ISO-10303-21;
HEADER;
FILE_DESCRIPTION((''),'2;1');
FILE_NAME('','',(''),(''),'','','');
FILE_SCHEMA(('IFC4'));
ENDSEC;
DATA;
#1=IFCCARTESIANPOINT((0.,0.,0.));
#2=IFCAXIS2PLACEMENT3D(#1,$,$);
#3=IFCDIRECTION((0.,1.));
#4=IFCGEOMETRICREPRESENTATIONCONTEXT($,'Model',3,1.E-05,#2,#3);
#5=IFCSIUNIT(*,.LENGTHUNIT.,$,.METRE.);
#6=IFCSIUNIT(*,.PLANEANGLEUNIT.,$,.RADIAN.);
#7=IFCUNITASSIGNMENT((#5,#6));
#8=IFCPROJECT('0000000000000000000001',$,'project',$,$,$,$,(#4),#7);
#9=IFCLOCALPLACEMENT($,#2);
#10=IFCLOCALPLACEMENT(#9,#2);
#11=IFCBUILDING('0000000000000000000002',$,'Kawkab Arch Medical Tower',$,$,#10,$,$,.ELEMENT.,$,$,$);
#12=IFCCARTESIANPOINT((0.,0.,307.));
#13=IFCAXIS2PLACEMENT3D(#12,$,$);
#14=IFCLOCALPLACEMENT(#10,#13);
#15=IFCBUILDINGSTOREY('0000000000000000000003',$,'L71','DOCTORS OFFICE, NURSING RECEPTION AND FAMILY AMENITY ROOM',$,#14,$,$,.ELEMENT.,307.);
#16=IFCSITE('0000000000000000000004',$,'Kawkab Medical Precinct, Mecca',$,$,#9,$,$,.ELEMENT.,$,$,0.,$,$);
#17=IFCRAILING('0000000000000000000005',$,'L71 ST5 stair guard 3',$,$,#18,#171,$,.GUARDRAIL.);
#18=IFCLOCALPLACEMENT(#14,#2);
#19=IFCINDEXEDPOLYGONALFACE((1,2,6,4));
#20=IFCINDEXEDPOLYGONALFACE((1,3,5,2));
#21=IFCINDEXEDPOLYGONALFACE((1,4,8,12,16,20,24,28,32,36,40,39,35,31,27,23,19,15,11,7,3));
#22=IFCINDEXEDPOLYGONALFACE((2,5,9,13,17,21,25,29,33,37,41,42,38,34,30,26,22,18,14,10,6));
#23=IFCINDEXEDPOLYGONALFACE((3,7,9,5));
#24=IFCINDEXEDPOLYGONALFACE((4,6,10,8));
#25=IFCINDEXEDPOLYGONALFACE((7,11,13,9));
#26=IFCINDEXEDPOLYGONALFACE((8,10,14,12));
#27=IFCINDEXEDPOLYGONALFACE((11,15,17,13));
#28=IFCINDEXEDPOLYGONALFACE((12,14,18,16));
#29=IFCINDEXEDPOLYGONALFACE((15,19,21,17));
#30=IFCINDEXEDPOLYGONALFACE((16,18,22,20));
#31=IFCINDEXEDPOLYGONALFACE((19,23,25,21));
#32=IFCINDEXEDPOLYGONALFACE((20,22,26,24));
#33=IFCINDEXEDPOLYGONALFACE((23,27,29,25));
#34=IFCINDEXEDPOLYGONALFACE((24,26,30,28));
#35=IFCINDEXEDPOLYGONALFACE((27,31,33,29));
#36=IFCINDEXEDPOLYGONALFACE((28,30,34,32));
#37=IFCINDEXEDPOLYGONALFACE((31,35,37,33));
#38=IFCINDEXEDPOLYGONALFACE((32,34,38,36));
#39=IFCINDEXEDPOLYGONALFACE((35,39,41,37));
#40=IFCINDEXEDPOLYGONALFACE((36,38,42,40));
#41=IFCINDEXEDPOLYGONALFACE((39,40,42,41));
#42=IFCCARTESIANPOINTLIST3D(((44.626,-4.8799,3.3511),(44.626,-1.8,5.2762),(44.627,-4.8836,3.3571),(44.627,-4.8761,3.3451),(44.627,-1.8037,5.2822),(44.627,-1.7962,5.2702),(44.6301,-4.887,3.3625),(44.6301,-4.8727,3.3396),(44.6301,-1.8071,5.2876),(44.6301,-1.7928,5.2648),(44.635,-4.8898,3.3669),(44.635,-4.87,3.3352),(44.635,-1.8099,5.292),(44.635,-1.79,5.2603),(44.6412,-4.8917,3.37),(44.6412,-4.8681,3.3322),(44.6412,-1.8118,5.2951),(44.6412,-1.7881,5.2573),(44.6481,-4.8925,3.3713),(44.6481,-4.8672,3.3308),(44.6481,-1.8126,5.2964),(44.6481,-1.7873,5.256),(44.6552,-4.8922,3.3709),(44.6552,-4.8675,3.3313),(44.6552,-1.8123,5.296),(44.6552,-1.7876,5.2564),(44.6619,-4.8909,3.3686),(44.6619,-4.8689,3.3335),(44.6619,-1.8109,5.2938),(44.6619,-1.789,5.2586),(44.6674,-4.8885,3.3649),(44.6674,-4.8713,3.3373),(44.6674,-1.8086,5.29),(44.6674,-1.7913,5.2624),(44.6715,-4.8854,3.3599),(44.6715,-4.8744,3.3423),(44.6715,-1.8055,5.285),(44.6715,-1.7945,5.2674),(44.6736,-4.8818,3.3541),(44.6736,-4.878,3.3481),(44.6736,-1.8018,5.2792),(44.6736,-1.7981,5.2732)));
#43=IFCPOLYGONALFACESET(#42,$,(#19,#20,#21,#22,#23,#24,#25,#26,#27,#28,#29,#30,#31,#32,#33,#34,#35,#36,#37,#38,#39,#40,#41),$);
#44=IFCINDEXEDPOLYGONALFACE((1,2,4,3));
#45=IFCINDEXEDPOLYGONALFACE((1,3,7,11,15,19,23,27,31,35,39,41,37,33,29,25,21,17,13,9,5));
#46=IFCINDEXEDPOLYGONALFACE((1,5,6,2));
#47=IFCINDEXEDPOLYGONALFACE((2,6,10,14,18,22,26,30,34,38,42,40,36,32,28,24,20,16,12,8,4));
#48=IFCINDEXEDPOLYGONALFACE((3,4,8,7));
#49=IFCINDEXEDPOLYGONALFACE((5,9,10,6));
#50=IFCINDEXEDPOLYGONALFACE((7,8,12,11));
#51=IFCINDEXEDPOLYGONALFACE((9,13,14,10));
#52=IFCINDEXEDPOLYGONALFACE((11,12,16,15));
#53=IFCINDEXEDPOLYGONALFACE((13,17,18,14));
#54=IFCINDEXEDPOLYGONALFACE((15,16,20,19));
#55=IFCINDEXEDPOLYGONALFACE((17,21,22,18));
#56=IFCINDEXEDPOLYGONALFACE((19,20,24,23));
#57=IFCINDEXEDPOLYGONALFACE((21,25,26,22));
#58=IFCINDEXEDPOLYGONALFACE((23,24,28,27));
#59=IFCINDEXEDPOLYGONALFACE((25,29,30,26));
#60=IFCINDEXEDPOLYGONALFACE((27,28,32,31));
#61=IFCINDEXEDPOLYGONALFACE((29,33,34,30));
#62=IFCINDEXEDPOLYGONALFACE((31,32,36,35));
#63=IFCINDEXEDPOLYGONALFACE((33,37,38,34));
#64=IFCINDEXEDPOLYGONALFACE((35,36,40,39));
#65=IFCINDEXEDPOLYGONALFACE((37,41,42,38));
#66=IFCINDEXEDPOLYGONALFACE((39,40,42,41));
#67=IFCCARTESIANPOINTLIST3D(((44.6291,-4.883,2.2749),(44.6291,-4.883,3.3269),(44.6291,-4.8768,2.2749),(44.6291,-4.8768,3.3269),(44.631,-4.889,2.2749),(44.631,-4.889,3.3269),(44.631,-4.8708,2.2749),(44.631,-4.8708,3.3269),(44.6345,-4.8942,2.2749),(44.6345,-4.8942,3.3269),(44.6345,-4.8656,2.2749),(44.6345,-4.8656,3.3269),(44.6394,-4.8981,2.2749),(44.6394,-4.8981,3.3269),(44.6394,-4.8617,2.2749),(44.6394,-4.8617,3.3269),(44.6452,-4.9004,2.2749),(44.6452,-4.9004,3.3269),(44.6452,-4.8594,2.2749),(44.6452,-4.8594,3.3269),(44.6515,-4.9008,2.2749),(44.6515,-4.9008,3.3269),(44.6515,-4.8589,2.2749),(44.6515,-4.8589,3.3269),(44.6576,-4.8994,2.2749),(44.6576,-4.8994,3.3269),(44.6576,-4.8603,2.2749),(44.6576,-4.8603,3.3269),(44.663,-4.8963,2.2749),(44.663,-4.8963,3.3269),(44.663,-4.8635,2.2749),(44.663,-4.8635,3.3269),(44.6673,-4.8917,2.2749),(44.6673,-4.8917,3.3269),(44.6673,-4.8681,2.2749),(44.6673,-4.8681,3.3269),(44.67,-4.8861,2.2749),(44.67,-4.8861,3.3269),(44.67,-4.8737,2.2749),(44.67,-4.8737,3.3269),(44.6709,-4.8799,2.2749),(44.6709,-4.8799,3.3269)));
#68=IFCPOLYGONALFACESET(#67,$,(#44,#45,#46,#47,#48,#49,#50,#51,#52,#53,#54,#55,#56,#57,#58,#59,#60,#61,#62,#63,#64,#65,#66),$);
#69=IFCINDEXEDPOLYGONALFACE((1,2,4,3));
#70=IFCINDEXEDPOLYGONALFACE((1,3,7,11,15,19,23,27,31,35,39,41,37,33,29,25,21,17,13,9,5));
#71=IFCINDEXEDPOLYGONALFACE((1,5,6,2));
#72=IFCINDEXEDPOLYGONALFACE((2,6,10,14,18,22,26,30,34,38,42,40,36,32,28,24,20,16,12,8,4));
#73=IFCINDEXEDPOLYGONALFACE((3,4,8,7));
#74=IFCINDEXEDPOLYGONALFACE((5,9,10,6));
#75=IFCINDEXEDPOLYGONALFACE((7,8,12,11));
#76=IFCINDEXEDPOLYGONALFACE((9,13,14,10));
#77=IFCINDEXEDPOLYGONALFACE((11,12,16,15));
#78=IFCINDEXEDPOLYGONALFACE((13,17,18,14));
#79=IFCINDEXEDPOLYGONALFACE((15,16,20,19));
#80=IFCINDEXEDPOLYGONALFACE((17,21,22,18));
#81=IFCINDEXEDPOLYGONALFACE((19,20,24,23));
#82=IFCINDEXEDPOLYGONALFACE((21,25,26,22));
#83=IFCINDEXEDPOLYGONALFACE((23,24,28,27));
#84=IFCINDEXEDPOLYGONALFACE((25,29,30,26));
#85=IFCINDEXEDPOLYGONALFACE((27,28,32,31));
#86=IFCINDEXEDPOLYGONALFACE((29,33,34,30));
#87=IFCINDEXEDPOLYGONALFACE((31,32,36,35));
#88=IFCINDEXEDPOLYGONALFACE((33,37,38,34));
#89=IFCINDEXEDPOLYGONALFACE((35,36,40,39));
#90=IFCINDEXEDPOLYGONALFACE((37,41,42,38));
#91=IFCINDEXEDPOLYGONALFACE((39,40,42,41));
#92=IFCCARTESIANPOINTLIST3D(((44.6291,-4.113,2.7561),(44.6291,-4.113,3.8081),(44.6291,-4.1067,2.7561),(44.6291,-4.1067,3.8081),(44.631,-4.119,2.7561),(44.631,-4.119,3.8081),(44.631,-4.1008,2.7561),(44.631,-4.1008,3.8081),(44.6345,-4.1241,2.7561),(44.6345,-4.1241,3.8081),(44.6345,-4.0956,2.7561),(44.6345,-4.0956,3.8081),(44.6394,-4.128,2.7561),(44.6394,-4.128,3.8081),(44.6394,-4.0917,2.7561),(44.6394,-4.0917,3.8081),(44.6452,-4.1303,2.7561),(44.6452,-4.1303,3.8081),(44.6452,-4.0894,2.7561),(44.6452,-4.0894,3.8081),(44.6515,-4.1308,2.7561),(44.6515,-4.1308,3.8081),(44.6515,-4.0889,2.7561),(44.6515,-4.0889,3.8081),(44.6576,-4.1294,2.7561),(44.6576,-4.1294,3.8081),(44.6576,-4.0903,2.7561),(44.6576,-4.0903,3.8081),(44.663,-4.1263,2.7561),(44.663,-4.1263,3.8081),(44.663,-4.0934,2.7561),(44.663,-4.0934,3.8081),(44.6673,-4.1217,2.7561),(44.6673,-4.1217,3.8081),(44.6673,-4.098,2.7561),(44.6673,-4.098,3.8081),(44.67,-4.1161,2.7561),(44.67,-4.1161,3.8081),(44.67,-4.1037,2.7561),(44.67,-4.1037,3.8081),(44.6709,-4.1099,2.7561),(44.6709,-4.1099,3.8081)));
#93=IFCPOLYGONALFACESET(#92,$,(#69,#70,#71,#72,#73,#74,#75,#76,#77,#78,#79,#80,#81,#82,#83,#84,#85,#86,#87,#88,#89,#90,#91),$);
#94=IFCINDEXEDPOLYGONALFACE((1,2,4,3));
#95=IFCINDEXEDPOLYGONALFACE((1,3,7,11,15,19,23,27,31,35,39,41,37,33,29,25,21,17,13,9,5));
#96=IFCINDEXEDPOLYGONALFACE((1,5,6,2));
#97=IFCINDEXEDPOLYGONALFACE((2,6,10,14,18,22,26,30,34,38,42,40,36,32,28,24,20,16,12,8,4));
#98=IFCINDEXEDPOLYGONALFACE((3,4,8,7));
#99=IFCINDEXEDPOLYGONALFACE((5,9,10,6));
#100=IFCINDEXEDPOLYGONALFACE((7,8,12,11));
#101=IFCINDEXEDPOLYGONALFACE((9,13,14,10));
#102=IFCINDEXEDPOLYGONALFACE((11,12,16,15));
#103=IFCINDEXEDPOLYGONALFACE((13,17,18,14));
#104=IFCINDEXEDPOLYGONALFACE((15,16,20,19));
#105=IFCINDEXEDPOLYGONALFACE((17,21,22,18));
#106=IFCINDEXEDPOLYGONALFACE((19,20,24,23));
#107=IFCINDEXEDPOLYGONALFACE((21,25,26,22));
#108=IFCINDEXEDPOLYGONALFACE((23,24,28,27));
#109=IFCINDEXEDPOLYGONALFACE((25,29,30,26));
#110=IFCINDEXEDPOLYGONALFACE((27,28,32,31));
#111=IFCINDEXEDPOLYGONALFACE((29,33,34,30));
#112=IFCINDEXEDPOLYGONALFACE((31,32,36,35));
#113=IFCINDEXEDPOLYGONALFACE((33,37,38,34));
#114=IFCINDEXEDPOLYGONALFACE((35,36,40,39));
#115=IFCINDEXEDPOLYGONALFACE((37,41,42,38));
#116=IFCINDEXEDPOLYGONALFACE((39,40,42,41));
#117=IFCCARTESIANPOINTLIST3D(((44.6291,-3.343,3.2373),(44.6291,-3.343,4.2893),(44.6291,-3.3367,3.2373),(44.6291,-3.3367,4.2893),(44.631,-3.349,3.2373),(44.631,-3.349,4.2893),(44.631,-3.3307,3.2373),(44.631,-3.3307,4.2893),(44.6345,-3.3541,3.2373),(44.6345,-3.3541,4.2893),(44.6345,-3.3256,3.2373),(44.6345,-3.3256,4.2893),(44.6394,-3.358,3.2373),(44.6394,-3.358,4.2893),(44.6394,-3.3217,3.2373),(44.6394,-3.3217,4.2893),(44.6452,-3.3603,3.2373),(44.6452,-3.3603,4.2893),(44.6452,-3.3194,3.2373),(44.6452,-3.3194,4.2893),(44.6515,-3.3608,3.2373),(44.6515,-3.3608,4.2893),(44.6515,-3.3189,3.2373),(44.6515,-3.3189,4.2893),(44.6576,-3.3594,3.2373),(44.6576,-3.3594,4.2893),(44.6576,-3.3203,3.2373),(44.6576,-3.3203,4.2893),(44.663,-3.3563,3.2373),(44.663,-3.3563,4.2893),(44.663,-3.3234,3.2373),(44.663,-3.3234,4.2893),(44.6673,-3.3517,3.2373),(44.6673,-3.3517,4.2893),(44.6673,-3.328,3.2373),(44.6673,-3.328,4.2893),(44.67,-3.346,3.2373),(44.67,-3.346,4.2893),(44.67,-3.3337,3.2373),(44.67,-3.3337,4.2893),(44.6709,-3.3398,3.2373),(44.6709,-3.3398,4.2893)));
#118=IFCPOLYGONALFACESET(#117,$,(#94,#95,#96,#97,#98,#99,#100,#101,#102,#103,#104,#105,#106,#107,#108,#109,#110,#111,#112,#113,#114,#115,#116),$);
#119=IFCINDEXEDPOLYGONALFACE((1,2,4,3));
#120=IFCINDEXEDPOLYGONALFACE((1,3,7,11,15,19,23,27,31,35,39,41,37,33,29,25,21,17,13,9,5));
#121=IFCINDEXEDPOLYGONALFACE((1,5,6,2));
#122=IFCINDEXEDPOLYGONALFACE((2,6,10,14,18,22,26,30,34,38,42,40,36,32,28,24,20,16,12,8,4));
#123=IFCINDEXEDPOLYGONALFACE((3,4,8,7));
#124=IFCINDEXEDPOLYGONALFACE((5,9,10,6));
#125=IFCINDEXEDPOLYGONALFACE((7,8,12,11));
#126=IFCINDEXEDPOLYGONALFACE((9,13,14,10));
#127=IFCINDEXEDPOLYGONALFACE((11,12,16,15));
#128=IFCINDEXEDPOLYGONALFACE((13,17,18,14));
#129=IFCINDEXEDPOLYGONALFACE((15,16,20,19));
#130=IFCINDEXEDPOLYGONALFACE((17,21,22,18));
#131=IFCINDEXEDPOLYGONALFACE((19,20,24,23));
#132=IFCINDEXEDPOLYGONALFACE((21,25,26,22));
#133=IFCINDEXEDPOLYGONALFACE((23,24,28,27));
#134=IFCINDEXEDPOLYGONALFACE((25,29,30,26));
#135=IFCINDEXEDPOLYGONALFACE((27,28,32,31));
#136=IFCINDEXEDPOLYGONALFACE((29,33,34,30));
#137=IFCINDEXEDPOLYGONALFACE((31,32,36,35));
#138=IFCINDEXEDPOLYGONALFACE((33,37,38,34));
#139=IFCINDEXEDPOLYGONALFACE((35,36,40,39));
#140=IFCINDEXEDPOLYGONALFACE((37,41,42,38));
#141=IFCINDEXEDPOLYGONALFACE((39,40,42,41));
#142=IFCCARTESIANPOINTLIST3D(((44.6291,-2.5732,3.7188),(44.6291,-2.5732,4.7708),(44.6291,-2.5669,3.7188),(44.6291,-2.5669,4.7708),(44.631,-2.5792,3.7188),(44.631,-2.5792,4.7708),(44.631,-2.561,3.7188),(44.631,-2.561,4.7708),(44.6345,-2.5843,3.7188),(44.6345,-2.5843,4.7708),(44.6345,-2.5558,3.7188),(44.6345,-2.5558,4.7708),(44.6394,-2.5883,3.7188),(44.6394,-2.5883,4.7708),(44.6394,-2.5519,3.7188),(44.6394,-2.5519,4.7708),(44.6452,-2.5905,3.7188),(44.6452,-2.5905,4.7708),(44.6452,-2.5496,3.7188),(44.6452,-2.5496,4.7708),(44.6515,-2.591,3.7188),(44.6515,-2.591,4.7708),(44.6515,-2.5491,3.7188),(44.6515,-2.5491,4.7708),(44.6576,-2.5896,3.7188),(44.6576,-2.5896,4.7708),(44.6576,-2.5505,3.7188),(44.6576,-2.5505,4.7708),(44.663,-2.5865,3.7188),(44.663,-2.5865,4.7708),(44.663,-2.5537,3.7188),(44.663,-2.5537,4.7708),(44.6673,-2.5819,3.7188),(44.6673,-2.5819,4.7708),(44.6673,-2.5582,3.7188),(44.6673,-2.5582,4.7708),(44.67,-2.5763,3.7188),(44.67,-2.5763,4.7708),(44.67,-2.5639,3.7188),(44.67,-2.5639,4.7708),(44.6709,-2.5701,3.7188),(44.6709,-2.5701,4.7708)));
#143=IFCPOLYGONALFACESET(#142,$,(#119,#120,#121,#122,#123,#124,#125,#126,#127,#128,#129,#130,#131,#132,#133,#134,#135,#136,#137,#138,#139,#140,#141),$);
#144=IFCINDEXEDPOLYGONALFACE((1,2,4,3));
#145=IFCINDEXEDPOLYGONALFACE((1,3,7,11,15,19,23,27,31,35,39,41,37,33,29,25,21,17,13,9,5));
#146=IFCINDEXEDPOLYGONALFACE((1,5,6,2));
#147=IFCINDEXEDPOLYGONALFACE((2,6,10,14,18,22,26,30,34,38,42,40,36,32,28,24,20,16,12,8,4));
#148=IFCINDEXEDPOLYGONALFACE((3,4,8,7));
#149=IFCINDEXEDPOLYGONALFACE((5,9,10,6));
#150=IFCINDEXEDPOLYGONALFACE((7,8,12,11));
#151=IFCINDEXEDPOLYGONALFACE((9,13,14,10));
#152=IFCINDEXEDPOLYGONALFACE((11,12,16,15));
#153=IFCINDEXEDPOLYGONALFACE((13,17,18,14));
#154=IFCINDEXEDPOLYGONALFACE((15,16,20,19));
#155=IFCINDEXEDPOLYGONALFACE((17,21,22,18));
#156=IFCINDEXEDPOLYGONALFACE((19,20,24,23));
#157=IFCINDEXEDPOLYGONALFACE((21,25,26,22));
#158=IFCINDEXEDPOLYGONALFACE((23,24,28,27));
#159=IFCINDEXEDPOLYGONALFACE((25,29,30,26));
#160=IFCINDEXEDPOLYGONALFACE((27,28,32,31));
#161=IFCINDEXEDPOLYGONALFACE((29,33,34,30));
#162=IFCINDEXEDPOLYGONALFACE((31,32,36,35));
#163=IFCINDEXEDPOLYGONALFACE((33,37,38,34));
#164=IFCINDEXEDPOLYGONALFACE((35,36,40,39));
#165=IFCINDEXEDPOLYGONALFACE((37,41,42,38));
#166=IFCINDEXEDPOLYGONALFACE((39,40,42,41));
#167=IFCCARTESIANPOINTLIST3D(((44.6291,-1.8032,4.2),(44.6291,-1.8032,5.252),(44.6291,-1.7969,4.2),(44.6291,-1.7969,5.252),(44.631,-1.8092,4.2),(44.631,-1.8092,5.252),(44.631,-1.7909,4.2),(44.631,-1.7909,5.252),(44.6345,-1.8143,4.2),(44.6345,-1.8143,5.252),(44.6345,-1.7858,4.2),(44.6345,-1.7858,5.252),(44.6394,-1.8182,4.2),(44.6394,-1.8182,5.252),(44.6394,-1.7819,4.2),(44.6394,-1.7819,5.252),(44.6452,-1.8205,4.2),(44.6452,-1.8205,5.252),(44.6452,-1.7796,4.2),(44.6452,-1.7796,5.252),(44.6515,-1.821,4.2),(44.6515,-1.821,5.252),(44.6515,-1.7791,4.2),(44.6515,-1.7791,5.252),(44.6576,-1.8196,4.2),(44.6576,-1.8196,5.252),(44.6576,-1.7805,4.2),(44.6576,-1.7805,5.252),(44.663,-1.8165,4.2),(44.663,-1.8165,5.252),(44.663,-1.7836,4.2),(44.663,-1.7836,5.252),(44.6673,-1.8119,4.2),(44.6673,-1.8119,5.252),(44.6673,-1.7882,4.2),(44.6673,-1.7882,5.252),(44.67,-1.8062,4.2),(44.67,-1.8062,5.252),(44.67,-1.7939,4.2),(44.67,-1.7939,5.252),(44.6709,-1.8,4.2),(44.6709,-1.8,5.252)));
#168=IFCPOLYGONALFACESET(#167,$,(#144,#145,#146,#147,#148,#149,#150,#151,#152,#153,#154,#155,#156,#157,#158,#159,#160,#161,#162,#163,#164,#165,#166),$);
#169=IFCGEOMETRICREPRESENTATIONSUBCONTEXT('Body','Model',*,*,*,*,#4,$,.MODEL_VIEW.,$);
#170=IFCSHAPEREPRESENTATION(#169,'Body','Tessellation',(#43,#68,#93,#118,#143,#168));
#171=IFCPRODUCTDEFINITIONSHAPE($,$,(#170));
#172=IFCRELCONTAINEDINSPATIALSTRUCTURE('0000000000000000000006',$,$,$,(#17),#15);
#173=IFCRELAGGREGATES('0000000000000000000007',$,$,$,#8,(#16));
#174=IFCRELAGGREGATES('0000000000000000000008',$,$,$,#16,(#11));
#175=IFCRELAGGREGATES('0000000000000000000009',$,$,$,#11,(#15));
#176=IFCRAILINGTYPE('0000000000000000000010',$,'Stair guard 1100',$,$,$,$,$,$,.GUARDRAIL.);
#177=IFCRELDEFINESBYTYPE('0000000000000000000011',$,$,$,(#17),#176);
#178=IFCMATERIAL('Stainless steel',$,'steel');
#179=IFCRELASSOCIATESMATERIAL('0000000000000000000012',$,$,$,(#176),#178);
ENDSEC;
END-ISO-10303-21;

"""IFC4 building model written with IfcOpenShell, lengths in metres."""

from ifc_helpers import new_model, si_unit, direction, frame, origin, origin_2d, place, context, subcontext, project, spatial, circle, extrude, material, type_object, element, save


model = new_model("IFC4")

# Units and contexts
model_context = context("Model", 3, precision=1e-05, world=origin(), true_north=direction((0.0, 1.0)))
body_context = subcontext(model_context, "Body", "Model", "MODEL_VIEW")
ifc_project = project(units=[si_unit("LENGTHUNIT", "METRE"), si_unit("PLANEANGLEUNIT", "RADIAN")], contexts=[model_context])

# Site, building, storey
site_placement = place(None, origin())
site = spatial("IfcSite", under=ifc_project, at=site_placement, Name="Kawkab Medical Precinct, Mecca", CompositionType="ELEMENT", RefElevation=0.0)
building_placement = place(site_placement, origin())
building = spatial("IfcBuilding", under=site, at=building_placement, Name="Kawkab Arch Medical Tower", CompositionType="ELEMENT")
storey_placement = place(building_placement, frame((0.0, 0.0, 307.0)))
storey = spatial("IfcBuildingStorey", under=building, at=storey_placement, Name="L71", Description="DOCTORS OFFICE, NURSING RECEPTION AND FAMILY AMENITY ROOM", CompositionType="ELEMENT", Elevation=307.0)

# Railing
ifc_material_1 = material(Name="Stainless steel", Category="steel")
railing_type = type_object("IfcRailingType", Name="Stair guard 1100", PredefinedType="GUARDRAIL", material=ifc_material_1)
railing_1_placement = place(storey_placement, frame((44.6499, -4.8799, 2.2749)))
element("IfcRailing", 1, at=railing_1_placement, inside=storey, type_object=railing_type, Name="L71 ST5 stair guard 3", PredefinedType="GUARDRAIL", context=body_context, shape_type="SweptSolid", body=[
    extrude(circle(Radius=0.0239, at=origin_2d()), frame((0.0, 0.0, 1.0762), z_axis=(0.0, 0.847979, 0.530029), x_axis=(-1.0, 0.0, 0.0)), (0.0, 0.0, 1.0), 3.6321),
    extrude(circle(Radius=0.021, at=origin_2d()), origin(), (0.0, 0.0, 1.0), 1.052),
    extrude(circle(Radius=0.021, at=origin_2d()), frame((0.0, 0.77, 0.4812)), (0.0, 0.0, 1.0), 1.052),
    extrude(circle(Radius=0.021, at=origin_2d()), frame((0.0, 1.54, 0.9624)), (0.0, 0.0, 1.0), 1.052),
    extrude(circle(Radius=0.021, at=origin_2d()), frame((0.0, 2.3098, 1.4438)), (0.0, 0.0, 1.0), 1.052),
    extrude(circle(Radius=0.021, at=origin_2d()), frame((0.0, 3.0798, 1.925)), (0.0, 0.0, 1.0), 1.052),
])

save(model, "model.ifc")
